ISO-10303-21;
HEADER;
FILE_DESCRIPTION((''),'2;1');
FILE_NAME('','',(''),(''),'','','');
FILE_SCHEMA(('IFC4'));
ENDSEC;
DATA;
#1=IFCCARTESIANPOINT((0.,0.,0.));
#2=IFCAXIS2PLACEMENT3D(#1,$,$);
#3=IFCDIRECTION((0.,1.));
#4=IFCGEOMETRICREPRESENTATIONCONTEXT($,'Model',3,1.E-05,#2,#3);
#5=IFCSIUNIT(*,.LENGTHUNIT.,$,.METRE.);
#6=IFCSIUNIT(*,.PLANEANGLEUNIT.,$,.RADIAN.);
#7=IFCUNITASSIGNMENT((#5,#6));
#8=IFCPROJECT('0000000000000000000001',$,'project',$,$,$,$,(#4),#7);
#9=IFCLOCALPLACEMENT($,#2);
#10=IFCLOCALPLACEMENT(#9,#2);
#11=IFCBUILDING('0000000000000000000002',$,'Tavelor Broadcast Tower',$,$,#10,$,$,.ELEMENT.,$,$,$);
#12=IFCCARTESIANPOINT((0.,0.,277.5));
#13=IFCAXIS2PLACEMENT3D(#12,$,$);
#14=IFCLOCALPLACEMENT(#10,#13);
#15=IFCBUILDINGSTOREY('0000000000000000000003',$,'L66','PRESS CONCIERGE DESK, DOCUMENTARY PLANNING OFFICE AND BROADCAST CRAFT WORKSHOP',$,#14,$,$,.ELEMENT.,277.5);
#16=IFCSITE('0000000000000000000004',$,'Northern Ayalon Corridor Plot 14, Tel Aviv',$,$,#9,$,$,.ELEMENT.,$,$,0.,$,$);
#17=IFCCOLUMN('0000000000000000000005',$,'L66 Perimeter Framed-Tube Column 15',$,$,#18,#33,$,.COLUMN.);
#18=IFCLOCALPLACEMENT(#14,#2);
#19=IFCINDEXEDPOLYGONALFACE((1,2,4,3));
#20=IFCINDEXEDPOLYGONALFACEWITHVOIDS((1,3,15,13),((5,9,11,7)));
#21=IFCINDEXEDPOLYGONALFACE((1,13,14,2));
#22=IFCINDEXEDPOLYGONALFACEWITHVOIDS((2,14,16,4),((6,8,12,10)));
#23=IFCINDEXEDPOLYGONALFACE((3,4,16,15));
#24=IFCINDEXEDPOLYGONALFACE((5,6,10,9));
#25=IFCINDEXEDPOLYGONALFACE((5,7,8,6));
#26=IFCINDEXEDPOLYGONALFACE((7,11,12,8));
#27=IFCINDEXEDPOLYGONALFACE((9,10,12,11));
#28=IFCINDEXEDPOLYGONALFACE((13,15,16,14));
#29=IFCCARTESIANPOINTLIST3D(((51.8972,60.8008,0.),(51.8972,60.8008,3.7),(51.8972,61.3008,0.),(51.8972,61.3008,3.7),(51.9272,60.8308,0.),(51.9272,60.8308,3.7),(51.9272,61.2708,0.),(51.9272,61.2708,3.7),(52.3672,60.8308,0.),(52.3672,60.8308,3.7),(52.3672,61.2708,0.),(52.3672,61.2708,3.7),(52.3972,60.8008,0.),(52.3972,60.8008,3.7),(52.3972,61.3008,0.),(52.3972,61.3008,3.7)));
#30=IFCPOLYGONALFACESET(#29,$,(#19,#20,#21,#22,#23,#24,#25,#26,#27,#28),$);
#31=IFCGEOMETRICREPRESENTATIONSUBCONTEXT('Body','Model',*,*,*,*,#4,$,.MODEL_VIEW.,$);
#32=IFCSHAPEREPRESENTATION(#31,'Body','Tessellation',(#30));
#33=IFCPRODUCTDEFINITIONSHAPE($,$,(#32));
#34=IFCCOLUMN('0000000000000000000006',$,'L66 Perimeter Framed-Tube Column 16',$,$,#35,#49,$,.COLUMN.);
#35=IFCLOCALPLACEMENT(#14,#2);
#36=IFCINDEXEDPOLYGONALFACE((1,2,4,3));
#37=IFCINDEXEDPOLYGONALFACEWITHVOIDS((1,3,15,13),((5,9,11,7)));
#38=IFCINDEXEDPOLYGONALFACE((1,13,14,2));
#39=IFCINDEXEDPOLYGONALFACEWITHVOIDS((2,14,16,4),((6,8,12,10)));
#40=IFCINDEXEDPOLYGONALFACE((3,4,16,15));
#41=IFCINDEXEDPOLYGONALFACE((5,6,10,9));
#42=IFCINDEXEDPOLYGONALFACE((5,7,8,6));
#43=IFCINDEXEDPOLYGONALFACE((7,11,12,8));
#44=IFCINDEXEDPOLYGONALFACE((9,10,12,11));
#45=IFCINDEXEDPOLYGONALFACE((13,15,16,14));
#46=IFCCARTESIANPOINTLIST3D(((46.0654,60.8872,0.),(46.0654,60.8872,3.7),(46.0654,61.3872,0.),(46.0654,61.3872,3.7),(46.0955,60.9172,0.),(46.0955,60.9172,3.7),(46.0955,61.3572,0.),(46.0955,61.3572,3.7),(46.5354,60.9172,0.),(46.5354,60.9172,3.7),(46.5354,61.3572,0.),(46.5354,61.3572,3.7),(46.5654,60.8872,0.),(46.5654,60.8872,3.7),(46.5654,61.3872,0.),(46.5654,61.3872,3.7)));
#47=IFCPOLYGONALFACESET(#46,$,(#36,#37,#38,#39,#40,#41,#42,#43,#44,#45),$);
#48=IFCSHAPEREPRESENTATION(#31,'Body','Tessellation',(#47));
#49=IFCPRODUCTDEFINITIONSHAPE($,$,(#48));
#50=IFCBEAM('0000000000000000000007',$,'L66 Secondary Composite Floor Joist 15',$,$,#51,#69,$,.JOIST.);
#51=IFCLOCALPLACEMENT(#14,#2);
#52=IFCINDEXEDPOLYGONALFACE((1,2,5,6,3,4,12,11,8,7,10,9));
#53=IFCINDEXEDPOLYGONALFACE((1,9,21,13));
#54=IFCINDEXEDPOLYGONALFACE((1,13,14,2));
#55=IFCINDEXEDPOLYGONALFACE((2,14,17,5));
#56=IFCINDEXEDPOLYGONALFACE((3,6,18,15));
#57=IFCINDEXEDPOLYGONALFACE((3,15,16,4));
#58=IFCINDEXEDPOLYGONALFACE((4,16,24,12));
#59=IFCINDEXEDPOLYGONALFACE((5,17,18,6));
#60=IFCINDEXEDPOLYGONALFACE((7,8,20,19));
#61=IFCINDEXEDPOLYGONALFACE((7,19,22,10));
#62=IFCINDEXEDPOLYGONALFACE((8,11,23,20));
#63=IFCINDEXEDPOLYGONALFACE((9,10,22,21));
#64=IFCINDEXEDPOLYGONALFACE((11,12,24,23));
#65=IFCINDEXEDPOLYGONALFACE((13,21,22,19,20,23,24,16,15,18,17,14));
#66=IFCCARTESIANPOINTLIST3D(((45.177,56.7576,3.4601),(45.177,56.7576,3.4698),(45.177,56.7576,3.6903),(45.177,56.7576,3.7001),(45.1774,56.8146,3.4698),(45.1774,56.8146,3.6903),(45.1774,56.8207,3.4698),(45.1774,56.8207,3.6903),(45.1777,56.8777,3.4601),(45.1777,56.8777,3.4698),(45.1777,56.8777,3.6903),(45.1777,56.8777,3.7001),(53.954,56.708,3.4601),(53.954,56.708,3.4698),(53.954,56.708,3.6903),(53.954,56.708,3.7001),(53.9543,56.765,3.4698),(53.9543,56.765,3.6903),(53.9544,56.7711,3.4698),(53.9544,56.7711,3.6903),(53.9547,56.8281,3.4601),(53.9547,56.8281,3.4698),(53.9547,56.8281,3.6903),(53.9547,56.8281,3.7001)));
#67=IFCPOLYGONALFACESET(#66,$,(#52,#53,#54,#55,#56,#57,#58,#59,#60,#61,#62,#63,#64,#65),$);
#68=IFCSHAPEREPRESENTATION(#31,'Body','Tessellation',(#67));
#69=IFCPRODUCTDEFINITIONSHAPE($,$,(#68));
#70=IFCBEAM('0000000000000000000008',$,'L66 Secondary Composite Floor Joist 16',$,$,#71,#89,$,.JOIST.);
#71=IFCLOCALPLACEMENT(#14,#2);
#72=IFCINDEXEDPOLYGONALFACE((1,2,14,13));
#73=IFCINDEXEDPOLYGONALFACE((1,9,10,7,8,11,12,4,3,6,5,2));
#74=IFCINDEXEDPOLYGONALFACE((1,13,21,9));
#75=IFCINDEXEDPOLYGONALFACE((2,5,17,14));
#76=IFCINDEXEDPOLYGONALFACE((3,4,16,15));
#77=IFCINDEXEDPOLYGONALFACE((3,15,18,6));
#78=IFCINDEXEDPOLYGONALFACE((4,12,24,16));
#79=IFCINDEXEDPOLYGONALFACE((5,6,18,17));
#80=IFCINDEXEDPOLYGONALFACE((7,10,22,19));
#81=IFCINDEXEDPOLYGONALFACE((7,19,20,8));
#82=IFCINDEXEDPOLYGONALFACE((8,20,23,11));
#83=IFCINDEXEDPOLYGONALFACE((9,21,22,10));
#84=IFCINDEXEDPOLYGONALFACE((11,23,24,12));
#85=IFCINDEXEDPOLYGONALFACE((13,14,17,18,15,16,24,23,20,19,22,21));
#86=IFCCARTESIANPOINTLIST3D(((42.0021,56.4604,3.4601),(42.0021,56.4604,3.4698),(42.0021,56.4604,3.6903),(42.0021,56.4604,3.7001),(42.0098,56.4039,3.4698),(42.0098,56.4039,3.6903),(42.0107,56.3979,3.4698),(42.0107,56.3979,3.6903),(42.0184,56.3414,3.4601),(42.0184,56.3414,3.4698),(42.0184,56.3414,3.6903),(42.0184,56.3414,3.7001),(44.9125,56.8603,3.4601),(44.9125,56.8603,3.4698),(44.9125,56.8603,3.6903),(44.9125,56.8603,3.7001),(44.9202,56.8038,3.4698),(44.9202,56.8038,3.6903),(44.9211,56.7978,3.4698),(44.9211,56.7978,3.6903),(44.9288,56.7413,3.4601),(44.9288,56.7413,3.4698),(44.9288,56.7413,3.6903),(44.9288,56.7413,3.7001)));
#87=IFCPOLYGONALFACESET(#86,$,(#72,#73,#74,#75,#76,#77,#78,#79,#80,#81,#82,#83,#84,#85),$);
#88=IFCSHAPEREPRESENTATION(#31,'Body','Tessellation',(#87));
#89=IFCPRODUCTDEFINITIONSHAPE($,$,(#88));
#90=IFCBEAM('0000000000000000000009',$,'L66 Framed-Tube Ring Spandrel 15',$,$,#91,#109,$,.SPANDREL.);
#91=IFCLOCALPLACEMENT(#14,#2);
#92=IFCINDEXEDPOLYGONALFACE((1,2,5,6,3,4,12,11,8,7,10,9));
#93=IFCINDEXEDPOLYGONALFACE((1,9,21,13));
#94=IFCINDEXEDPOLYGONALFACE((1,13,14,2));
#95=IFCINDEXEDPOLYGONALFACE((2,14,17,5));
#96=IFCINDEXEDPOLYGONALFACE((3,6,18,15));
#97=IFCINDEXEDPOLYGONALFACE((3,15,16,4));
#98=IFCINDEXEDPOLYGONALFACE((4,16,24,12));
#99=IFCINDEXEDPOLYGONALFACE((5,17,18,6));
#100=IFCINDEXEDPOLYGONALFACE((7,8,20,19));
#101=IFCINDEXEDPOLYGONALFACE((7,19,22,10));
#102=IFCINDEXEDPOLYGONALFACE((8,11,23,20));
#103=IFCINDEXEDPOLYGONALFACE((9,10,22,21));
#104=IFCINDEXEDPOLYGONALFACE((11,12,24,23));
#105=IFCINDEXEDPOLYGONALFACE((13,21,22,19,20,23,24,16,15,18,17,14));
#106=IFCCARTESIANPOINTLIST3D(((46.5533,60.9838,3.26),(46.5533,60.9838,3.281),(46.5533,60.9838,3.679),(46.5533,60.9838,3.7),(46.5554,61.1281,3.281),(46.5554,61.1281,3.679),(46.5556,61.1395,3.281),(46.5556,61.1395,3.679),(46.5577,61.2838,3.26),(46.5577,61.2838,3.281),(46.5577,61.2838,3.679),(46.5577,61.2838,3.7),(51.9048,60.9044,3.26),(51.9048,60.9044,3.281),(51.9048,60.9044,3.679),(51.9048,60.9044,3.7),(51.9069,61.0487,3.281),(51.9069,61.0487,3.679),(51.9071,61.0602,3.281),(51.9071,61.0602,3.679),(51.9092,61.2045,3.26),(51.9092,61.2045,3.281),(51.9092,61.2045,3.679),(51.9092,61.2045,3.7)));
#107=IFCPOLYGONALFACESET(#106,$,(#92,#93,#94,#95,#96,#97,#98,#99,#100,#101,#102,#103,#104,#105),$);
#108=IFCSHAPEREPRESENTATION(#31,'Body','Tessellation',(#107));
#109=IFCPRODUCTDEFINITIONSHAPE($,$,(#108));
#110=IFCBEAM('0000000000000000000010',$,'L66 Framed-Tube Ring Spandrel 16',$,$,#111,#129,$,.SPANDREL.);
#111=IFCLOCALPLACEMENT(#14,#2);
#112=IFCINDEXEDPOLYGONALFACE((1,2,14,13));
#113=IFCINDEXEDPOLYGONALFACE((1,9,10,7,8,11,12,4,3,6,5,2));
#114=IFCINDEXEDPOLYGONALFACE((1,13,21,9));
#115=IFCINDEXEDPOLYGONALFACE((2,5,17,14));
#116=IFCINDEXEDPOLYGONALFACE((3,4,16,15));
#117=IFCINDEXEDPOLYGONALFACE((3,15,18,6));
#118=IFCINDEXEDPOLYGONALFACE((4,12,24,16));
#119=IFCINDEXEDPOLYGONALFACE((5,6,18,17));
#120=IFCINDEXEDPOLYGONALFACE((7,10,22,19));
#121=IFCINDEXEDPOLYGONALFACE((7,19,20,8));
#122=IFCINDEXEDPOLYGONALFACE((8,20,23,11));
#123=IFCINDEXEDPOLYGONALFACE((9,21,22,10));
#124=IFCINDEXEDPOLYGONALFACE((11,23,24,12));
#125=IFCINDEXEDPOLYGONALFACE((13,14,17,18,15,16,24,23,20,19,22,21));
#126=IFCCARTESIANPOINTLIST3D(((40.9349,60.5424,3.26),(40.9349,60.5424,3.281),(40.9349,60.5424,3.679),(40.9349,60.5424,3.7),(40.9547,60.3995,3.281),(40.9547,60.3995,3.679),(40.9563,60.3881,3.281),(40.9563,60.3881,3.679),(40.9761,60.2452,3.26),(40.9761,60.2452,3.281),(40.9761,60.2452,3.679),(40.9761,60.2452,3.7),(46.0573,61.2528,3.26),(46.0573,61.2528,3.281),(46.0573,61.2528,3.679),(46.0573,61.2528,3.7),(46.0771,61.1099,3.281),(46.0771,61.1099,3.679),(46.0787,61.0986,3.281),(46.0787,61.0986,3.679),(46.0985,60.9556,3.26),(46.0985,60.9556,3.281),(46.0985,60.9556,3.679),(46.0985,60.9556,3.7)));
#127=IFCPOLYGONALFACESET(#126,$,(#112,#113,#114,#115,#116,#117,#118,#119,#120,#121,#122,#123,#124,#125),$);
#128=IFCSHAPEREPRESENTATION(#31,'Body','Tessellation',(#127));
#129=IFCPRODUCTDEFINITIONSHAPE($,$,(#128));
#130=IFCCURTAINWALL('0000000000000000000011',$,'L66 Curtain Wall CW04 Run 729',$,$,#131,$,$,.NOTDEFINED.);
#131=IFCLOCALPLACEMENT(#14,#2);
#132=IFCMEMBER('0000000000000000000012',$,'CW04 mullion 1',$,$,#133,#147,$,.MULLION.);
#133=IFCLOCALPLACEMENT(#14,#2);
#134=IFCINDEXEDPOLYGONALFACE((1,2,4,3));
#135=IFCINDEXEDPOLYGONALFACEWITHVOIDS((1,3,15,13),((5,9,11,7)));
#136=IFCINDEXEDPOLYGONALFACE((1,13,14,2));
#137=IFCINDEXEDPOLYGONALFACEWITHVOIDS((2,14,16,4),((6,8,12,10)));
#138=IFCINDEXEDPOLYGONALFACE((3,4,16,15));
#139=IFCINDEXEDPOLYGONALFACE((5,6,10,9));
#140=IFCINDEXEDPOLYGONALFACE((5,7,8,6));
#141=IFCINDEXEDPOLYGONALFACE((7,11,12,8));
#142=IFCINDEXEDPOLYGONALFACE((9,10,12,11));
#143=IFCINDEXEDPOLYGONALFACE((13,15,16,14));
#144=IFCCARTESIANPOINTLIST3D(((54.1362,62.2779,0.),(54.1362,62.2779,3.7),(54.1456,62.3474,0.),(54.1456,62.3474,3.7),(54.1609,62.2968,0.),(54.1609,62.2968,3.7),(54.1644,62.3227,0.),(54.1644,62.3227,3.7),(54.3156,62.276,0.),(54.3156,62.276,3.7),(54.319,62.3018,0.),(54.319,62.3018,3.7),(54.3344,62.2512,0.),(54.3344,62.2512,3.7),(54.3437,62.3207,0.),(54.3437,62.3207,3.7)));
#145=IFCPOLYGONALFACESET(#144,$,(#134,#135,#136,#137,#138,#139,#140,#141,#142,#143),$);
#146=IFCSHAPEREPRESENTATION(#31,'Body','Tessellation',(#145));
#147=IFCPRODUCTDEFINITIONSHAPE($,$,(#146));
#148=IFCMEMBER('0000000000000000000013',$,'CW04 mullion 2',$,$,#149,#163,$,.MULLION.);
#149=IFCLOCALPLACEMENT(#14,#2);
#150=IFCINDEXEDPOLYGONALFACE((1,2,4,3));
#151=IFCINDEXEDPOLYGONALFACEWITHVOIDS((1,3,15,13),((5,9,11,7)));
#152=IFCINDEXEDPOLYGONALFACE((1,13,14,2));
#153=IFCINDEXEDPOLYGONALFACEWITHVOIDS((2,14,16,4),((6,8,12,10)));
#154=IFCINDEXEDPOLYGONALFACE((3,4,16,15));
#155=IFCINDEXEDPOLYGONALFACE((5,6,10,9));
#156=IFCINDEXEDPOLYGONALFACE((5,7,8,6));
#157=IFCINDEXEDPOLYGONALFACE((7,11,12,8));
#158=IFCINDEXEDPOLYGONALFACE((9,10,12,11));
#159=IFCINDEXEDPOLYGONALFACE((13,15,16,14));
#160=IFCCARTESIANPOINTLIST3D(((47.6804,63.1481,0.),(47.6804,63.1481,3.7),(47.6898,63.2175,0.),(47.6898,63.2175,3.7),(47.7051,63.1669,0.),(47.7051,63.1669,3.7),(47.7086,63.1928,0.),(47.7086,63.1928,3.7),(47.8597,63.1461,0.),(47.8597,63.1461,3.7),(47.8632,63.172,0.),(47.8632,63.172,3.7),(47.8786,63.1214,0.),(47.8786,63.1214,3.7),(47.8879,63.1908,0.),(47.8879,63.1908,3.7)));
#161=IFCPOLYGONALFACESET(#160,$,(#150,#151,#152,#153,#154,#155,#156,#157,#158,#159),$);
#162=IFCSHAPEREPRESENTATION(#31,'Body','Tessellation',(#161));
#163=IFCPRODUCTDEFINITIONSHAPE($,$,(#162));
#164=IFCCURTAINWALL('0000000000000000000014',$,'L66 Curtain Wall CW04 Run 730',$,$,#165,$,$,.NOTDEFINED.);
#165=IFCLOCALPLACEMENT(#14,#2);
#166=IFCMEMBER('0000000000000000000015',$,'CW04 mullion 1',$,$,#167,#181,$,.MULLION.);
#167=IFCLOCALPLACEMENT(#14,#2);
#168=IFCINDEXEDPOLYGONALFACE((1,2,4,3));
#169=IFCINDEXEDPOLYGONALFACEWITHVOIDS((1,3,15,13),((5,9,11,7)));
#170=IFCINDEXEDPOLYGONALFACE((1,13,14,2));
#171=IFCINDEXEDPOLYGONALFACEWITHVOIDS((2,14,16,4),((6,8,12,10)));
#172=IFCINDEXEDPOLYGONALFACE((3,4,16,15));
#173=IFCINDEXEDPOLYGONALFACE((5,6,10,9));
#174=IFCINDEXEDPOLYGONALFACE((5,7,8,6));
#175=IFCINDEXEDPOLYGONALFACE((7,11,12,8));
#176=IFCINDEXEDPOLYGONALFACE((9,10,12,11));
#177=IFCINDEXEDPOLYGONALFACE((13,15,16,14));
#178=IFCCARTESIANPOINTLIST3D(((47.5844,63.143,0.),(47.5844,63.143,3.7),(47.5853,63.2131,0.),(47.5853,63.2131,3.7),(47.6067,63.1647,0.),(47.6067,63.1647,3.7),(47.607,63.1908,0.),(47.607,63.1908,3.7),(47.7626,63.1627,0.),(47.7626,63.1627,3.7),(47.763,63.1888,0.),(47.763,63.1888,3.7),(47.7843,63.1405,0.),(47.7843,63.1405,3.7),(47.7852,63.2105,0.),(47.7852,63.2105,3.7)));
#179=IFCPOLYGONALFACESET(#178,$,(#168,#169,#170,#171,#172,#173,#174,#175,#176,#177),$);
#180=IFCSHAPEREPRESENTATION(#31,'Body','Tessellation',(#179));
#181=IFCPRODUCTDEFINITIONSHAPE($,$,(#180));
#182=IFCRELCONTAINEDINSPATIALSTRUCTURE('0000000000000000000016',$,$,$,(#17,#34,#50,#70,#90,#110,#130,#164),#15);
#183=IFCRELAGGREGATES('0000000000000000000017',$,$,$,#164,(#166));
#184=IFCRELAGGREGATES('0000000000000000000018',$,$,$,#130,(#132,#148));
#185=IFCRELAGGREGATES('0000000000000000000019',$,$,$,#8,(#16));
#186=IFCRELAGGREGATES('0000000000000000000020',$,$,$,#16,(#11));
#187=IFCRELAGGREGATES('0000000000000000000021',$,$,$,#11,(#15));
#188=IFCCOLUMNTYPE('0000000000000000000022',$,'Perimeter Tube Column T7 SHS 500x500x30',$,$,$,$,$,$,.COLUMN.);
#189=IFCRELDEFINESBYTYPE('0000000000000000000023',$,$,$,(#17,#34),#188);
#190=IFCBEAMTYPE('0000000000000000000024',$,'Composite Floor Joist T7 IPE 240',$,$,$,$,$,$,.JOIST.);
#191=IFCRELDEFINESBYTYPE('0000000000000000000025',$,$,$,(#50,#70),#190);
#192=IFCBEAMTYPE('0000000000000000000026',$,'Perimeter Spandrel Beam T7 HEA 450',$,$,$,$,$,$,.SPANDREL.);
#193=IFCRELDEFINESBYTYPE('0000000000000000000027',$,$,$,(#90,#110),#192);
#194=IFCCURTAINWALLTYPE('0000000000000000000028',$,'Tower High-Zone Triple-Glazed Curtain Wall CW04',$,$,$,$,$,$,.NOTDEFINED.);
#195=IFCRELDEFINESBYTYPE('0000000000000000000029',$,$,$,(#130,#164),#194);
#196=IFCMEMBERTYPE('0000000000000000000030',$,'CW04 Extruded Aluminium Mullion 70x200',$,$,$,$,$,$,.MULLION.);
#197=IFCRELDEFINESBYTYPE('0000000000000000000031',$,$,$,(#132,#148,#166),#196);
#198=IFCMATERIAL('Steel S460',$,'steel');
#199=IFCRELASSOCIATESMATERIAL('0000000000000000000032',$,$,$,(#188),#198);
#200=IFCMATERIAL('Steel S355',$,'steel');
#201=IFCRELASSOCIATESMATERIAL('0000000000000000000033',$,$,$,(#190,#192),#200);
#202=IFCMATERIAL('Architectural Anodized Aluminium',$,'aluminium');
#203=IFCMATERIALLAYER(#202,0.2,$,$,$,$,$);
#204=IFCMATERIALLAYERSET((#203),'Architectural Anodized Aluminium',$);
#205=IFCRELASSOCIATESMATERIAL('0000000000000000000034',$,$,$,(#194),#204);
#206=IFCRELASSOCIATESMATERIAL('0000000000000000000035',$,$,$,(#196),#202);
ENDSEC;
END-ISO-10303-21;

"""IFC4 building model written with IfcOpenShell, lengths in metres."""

from ifc_helpers import new_model, si_unit, direction, frame, origin, origin_2d, place, context, subcontext, project, spatial, hollow_rectangle, i_section, extrude, source, transform, mapped, material, layer, layer_set, material_profile, profile_set, type_object, type_shapes, element, aggregate, save


model = new_model("IFC4")

# Units and contexts
model_context = context("Model", 3, precision=1e-05, world=origin(), true_north=direction((0.0, 1.0)))
body_context = subcontext(model_context, "Body", "Model", "MODEL_VIEW")
ifc_project = project(units=[si_unit("LENGTHUNIT", "METRE"), si_unit("PLANEANGLEUNIT", "RADIAN")], contexts=[model_context])

# Site, building, storey
site_placement = place(None, origin())
site = spatial("IfcSite", under=ifc_project, at=site_placement, Name="Northern Ayalon Corridor Plot 14, Tel Aviv", CompositionType="ELEMENT", RefElevation=0.0)
building_placement = place(site_placement, origin())
building = spatial("IfcBuilding", under=site, at=building_placement, Name="Tavelor Broadcast Tower", CompositionType="ELEMENT")
storey_placement = place(building_placement, frame((0.0, 0.0, 277.5)))
storey = spatial("IfcBuildingStorey", under=building, at=storey_placement, Name="L66", Description="PRESS CONCIERGE DESK, DOCUMENTARY PLANNING OFFICE AND BROADCAST CRAFT WORKSHOP", CompositionType="ELEMENT", Elevation=277.5)

# Columns
ifc_material_1 = material(Name="Steel S460", Category="steel")
ifc_material_profile_1 = material_profile(ifc_material_1, hollow_rectangle(XDim=0.5, YDim=0.5, WallThickness=0.03, at=origin_2d()), Name="SHS 500x500x30")
ifc_profile_set_1 = profile_set([ifc_material_profile_1], Name="Steel S460")
column_type = type_object("IfcColumnType", Name="Perimeter Tube Column T7 SHS 500x500x30", PredefinedType="COLUMN", material=ifc_profile_set_1)
for number, where, z_axis, x_axis, name in (
    (1, (52.1472, 61.0508, 0.0), (0.0, 0.0, 1.0), (1.0, 0.0, 0.0), "L66 Perimeter Framed-Tube Column 15"),
    (2, (46.3154, 61.1372, 0.0), (0.0, 0.0, 1.0), (1.0, 0.0, 0.0), "L66 Perimeter Framed-Tube Column 16"),
):
    element("IfcColumn", number, at=place(storey_placement, frame(where, z_axis=z_axis, x_axis=x_axis)), inside=storey, type_object=column_type, Name=name, PredefinedType="COLUMN", context=body_context, shape_type="SweptSolid", body=[
        extrude(hollow_rectangle(XDim=0.5, YDim=0.5, WallThickness=0.03, at=origin_2d()), origin(), (0.0, 0.0, 1.0), 3.7),
    ])

# Beams
ifc_material_2 = material(Name="Steel S355", Category="steel")
ifc_material_profile_2 = material_profile(ifc_material_2, i_section(OverallWidth=0.1201, OverallDepth=0.24, WebThickness=0.0061, FlangeThickness=0.0098, at=origin_2d()), Name="IPE 240")
ifc_profile_set_2 = profile_set([ifc_material_profile_2], Name="Steel S355")
beam_type_1 = type_object("IfcBeamType", Name="Composite Floor Joist T7 IPE 240", PredefinedType="JOIST", material=ifc_profile_set_2)
beam_1_placement = place(storey_placement, frame((53.9543, 56.7681, 3.5801), z_axis=(-0.999984, 0.005647, 0.0), x_axis=(-0.005647, -0.999984, 0.0)))
element("IfcBeam", 3, at=beam_1_placement, inside=storey, type_object=beam_type_1, Name="L66 Secondary Composite Floor Joist 15", PredefinedType="JOIST", context=body_context, shape_type="SweptSolid", body=[
    extrude(i_section(OverallWidth=0.1201, OverallDepth=0.24, WebThickness=0.0061, FlangeThickness=0.0098, at=origin_2d()), origin(), (0.0, 0.0, 1.0), 8.7771),
])
beam_2_placement = place(storey_placement, frame((44.9207, 56.8008, 3.5801), z_axis=(-0.990692, -0.136126, 0.0), x_axis=(0.136126, -0.990692, 0.0)))
element("IfcBeam", 4, at=beam_2_placement, inside=storey, type_object=beam_type_1, Name="L66 Secondary Composite Floor Joist 16", PredefinedType="JOIST", context=body_context, shape_type="SweptSolid", body=[
    extrude(i_section(OverallWidth=0.1201, OverallDepth=0.24, WebThickness=0.0061, FlangeThickness=0.0098, at=origin_2d()), origin(), (0.0, 0.0, 1.0), 2.9377),
])
ifc_material_profile_3 = material_profile(ifc_material_2, i_section(OverallWidth=0.3, OverallDepth=0.4399, WebThickness=0.0115, FlangeThickness=0.021, at=origin_2d()), Name="HEA 450")
ifc_profile_set_3 = profile_set([ifc_material_profile_3], Name="Steel S355")
beam_type_2 = type_object("IfcBeamType", Name="Perimeter Spandrel Beam T7 HEA 450", PredefinedType="SPANDREL", material=ifc_profile_set_3)
beam_3_placement = place(storey_placement, frame((51.907, 61.0544, 3.48), z_axis=(-0.99989, 0.014825, 0.0), x_axis=(-0.014825, -0.99989, 0.0)))
element("IfcBeam", 5, at=beam_3_placement, inside=storey, type_object=beam_type_2, Name="L66 Framed-Tube Ring Spandrel 15", PredefinedType="SPANDREL", context=body_context, shape_type="SweptSolid", body=[
    extrude(i_section(OverallWidth=0.3, OverallDepth=0.4399, WebThickness=0.0115, FlangeThickness=0.021, at=origin_2d()), origin(), (0.0, 0.0, 1.0), 5.3521),
])
beam_4_placement = place(storey_placement, frame((46.0779, 61.1042, 3.48), z_axis=(-0.990518, -0.137382, 0.0), x_axis=(0.137382, -0.990518, 0.0)))
element("IfcBeam", 6, at=beam_4_placement, inside=storey, type_object=beam_type_2, Name="L66 Framed-Tube Ring Spandrel 16", PredefinedType="SPANDREL", context=body_context, shape_type="SweptSolid", body=[
    extrude(i_section(OverallWidth=0.3, OverallDepth=0.4399, WebThickness=0.0115, FlangeThickness=0.021, at=origin_2d()), origin(), (0.0, 0.0, 1.0), 5.1714),
])

# Curtain walls, members
ifc_material_3 = material(Name="Architectural Anodized Aluminium", Category="aluminium")
ifc_layer_1 = layer(ifc_material_3, 0.2)
ifc_layer_set_1 = layer_set([ifc_layer_1], Name="Architectural Anodized Aluminium")
curtain_wall_type = type_object("IfcCurtainWallType", Name="Tower High-Zone Triple-Glazed Curtain Wall CW04", PredefinedType="NOTDEFINED", material=ifc_layer_set_1)
curtain_wall_1_placement = place(storey_placement, origin())
curtain_wall_1 = element("IfcCurtainWall", 7, at=curtain_wall_1_placement, inside=storey, type_object=curtain_wall_type, Name="L66 Curtain Wall CW04 Run 729", PredefinedType="NOTDEFINED")
ifc_material_profile_4 = material_profile(ifc_material_3, hollow_rectangle(XDim=0.0701, YDim=0.2, WallThickness=0.022, at=origin_2d()), Name="RHS 70x200x22")
ifc_profile_set_4 = profile_set([ifc_material_profile_4], Name="Architectural Anodized Aluminium")
member_type_1 = type_object("IfcMemberType", Name="CW04 Extruded Aluminium Mullion 70x200", PredefinedType="MULLION", material=ifc_profile_set_4)
shared_shape_1 = source(origin(), body_context, "Body", "SweptSolid", [
    extrude(hollow_rectangle(XDim=0.0701, YDim=0.2, WallThickness=0.022, at=origin_2d()), origin(), (0.0, 0.0, 1.0), 3.7),
])
type_shapes(member_type_1, [shared_shape_1])
member_1_placement = place(storey_placement, frame((54.24, 62.2993, 0.0), z_axis=(0.0, 0.0, 1.0), x_axis=(-0.133551, -0.991042, 0.0)))
member_1 = element("IfcMember", 8, at=member_1_placement, type_object=member_type_1, Name="CW04 mullion 1", PredefinedType="MULLION", context=body_context, shape_type="MappedRepresentation", body=[
    mapped(shared_shape_1, transform((0.0, 0.0, 0.0), scale=1.0)),
])
member_2_placement = place(storey_placement, frame((47.7842, 63.1694, 0.0), z_axis=(0.0, 0.0, 1.0), x_axis=(-0.133551, -0.991042, 0.0)))
member_2 = element("IfcMember", 9, at=member_2_placement, type_object=member_type_1, Name="CW04 mullion 2", PredefinedType="MULLION", context=body_context, shape_type="MappedRepresentation", body=[
    mapped(shared_shape_1, transform((0.0, 0.0, 0.0), scale=1.0)),
])
curtain_wall_2_placement = place(storey_placement, origin())
curtain_wall_2 = element("IfcCurtainWall", 10, at=curtain_wall_2_placement, inside=storey, type_object=curtain_wall_type, Name="L66 Curtain Wall CW04 Run 730", PredefinedType="NOTDEFINED")
member_3_placement = place(storey_placement, frame((47.6848, 63.1768, 0.0), z_axis=(0.0, 0.0, 1.0), x_axis=(-0.012651, -0.99992, 0.0)))
member_3 = element("IfcMember", 11, at=member_3_placement, type_object=member_type_1, Name="CW04 mullion 1", PredefinedType="MULLION", context=body_context, shape_type="MappedRepresentation", body=[
    mapped(shared_shape_1, transform((0.0, 0.0, 0.0), scale=1.0)),
])

aggregate(curtain_wall_2, [member_3])
aggregate(curtain_wall_1, [member_1, member_2])

save(model, "model.ifc")
